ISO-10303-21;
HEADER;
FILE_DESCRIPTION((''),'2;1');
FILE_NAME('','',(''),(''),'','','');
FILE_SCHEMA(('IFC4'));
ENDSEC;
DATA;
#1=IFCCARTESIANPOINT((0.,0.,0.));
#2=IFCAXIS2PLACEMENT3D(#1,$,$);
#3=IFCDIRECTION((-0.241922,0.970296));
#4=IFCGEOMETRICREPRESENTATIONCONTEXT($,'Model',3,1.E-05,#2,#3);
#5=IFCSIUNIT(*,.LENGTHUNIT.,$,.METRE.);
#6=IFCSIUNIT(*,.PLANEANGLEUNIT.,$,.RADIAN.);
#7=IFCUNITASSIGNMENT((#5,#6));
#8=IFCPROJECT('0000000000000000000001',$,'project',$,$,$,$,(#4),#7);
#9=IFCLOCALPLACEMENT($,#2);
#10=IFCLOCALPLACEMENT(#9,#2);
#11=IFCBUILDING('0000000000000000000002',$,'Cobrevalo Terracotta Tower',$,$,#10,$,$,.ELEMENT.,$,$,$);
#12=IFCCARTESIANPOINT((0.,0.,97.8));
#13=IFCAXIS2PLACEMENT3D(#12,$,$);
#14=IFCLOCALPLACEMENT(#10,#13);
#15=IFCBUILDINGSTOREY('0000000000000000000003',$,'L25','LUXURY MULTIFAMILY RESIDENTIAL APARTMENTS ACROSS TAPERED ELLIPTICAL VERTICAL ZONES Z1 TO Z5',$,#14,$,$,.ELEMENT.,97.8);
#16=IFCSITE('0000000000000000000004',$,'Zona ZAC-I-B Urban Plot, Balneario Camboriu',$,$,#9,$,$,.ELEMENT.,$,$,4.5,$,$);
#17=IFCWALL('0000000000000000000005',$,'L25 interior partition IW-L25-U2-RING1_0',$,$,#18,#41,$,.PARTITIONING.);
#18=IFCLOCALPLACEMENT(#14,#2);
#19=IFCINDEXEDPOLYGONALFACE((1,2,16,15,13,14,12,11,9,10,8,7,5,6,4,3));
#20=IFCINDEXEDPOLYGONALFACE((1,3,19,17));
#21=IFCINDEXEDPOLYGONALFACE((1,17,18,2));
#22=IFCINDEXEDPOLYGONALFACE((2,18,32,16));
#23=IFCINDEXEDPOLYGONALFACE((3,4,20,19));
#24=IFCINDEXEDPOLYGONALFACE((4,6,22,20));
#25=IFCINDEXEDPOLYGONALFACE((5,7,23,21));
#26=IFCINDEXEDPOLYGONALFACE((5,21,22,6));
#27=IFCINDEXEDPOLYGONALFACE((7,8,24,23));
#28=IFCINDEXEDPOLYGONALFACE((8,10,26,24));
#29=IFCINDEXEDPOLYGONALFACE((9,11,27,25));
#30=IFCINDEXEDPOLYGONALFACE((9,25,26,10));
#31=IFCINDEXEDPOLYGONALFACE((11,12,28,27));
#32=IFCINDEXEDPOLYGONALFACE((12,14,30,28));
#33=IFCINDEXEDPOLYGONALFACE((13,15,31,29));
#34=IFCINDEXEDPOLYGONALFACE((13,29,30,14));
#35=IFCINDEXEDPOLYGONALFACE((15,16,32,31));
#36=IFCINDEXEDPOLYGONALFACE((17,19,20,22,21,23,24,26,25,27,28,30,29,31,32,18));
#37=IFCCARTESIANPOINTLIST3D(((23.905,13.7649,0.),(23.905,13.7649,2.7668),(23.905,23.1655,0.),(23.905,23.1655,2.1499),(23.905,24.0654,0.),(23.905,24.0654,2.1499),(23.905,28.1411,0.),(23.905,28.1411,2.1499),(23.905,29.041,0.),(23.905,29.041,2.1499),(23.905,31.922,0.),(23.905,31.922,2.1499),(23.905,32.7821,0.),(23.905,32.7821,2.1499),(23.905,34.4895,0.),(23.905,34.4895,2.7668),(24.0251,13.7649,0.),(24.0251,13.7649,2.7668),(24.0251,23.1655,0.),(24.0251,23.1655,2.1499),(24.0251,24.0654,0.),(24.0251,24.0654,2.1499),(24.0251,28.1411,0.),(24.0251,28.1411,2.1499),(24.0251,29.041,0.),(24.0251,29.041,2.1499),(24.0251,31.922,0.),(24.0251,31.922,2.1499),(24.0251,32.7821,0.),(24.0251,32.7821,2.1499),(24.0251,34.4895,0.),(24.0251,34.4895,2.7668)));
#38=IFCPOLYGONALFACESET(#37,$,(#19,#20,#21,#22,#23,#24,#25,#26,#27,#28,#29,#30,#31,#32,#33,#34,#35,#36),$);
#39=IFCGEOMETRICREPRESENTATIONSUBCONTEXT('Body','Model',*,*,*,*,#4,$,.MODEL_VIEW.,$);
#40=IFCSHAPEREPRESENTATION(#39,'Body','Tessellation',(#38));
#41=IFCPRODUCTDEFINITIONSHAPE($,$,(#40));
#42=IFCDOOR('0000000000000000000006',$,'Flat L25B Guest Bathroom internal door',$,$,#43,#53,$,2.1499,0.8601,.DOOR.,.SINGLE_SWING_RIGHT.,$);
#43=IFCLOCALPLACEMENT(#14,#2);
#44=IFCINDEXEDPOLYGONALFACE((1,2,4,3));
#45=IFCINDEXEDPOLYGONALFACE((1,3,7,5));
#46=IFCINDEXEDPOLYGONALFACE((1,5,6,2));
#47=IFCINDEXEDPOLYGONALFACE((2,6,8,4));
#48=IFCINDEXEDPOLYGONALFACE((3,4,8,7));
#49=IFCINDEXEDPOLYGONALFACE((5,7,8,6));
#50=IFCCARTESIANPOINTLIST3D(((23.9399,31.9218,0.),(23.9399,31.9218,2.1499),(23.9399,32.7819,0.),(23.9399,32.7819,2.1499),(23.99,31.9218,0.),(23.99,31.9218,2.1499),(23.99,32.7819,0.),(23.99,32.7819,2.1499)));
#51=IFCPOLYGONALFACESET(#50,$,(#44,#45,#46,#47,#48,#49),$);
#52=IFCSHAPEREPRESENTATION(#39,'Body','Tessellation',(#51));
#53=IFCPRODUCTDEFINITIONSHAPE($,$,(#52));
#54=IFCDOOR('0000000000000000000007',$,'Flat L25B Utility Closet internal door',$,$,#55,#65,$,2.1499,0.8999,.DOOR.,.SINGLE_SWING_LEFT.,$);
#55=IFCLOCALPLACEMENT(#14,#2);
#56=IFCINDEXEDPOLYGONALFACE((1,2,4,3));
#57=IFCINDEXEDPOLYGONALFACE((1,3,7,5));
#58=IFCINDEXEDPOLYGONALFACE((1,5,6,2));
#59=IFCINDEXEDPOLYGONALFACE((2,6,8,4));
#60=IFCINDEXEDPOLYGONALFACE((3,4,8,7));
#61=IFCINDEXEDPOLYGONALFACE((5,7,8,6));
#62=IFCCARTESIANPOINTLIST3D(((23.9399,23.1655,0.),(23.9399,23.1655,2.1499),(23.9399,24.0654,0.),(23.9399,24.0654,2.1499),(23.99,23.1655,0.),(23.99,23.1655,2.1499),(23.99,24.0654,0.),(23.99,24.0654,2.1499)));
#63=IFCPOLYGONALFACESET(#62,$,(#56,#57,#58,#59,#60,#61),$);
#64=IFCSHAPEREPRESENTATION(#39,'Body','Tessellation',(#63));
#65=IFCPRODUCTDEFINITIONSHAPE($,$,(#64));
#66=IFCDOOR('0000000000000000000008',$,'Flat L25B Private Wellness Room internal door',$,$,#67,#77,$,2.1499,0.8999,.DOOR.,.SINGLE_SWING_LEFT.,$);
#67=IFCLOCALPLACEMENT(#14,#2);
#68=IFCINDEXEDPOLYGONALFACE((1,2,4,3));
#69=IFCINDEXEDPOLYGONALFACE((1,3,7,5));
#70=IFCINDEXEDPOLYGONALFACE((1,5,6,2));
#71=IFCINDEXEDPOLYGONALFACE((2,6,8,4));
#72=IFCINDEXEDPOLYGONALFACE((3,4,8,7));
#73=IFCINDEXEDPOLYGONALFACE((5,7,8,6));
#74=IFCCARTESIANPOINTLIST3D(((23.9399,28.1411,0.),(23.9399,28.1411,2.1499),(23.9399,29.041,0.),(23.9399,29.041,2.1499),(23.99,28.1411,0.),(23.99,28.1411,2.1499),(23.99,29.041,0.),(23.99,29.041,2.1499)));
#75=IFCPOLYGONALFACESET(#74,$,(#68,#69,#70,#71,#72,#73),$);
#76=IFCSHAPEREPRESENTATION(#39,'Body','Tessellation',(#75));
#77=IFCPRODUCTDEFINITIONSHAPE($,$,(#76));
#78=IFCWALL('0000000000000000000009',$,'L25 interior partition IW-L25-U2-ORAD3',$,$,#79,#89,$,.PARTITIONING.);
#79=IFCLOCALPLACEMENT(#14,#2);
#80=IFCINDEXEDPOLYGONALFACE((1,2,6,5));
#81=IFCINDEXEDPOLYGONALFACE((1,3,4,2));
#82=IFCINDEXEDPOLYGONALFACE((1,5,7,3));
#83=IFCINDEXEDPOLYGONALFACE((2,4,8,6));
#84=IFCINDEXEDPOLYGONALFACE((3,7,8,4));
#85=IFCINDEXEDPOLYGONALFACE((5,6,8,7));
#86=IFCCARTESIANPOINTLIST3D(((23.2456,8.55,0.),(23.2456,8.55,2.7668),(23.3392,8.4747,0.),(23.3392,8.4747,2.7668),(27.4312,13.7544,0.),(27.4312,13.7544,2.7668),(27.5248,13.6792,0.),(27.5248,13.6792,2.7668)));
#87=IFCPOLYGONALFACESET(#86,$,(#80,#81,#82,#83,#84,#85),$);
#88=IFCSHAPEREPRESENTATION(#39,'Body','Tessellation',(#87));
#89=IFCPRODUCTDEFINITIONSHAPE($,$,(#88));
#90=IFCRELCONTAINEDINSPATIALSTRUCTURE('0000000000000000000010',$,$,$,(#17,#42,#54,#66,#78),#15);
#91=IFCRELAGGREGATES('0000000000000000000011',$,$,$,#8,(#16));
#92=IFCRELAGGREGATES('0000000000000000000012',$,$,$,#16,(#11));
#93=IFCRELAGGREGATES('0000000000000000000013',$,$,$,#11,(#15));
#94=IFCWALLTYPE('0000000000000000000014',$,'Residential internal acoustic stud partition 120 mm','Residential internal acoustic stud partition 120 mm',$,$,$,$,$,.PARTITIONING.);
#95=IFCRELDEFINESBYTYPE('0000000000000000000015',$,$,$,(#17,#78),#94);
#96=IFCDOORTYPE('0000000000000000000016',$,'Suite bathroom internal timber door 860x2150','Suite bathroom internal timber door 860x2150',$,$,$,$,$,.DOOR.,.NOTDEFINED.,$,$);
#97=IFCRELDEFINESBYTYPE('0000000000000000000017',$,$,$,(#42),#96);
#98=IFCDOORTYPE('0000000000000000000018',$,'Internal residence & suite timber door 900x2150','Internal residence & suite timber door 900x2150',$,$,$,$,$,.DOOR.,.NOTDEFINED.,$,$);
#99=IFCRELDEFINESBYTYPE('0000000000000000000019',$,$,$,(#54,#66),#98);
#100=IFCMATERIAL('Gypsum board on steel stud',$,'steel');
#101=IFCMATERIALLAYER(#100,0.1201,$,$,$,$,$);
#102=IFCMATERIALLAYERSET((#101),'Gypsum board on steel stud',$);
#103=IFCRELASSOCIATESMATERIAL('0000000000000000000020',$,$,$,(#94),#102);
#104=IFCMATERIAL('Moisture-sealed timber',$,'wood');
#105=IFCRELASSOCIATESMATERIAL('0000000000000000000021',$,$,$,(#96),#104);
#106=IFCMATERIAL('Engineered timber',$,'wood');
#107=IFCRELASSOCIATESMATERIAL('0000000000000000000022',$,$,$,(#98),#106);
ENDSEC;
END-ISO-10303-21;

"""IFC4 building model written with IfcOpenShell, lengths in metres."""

from ifc_helpers import new_model, si_unit, direction, frame, frame_2d, origin, place, context, subcontext, project, spatial, rectangle, extrude, source, transform, mapped, material, layer, layer_set, type_object, element, fill, save


model = new_model("IFC4")

# Units and contexts
model_context = context("Model", 3, precision=1e-05, world=origin(), true_north=direction((-0.241922, 0.970296)))
body_context = subcontext(model_context, "Body", "Model", "MODEL_VIEW")
ifc_project = project(units=[si_unit("LENGTHUNIT", "METRE"), si_unit("PLANEANGLEUNIT", "RADIAN")], contexts=[model_context])

# Site, building, storey
site_placement = place(None, origin())
site = spatial("IfcSite", under=ifc_project, at=site_placement, Name="Zona ZAC-I-B Urban Plot, Balneario Camboriu", CompositionType="ELEMENT", RefElevation=4.5)
building_placement = place(site_placement, origin())
building = spatial("IfcBuilding", under=site, at=building_placement, Name="Cobrevalo Terracotta Tower", CompositionType="ELEMENT")
storey_placement = place(building_placement, frame((0.0, 0.0, 97.8)))
storey = spatial("IfcBuildingStorey", under=building, at=storey_placement, Name="L25", Description="LUXURY MULTIFAMILY RESIDENTIAL APARTMENTS ACROSS TAPERED ELLIPTICAL VERTICAL ZONES Z1 TO Z5", CompositionType="ELEMENT", Elevation=97.8)

# Wall, openings, doors
ifc_material_1 = material(Name="Gypsum board on steel stud", Category="steel")
ifc_layer_1 = layer(ifc_material_1, 0.1201)
ifc_layer_set_1 = layer_set([ifc_layer_1], Name="Gypsum board on steel stud")
wall_type_1 = type_object("IfcWallType", Name="Residential internal acoustic stud partition 120 mm", Description="Residential internal acoustic stud partition 120 mm", PredefinedType="PARTITIONING", material=ifc_layer_set_1)
wall_1_placement = place(storey_placement, frame((23.9651, 13.7649, 0.0), z_axis=(0.0, 0.0, 1.0), x_axis=(0.0, 1.0, 0.0)))
wall_1 = element("IfcWall", 1, at=wall_1_placement, inside=storey, type_object=wall_type_1, Name="L25 interior partition IW-L25-U2-RING1_0", PredefinedType="PARTITIONING", context=body_context, shape_type="SweptSolid", body=[
    extrude(rectangle(XDim=20.7246, YDim=0.1201, at=frame_2d((10.3623, 0.0))), origin(), (0.0, 0.0, 1.0), 2.7668),
])
opening_1_placement = place(wall_1_placement, frame((9.4006, 0.0, 0.0)))
opening_1 = element("IfcOpeningElement", 2, at=opening_1_placement, cuts=wall_1, PredefinedType="OPENING", context=body_context, shape_type="SweptSolid", body=[
    extrude(rectangle(XDim=0.8999, YDim=2.1499, at=frame_2d((0.45, 1.075))), frame((0.0, 0.0701, 0.0), z_axis=(0.0, -1.0, 0.0), x_axis=(1.0, 0.0, 0.0)), (0.0, 0.0, 1.0), 0.1401),
])
opening_2_placement = place(wall_1_placement, frame((18.157, 0.0, 0.0)))
opening_2 = element("IfcOpeningElement", 3, at=opening_2_placement, cuts=wall_1, PredefinedType="OPENING", context=body_context, shape_type="SweptSolid", body=[
    extrude(rectangle(XDim=0.8601, YDim=2.1499, at=frame_2d((0.4302, 1.075))), frame((0.0, 0.0701, 0.0), z_axis=(0.0, -1.0, 0.0), x_axis=(1.0, 0.0, 0.0)), (0.0, 0.0, 1.0), 0.1401),
])
opening_3_placement = place(wall_1_placement, frame((14.3762, 0.0, 0.0)))
opening_3 = element("IfcOpeningElement", 4, at=opening_3_placement, cuts=wall_1, PredefinedType="OPENING", context=body_context, shape_type="SweptSolid", body=[
    extrude(rectangle(XDim=0.8999, YDim=2.1499, at=frame_2d((0.45, 1.075))), frame((0.0, 0.0701, 0.0), z_axis=(0.0, -1.0, 0.0), x_axis=(1.0, 0.0, 0.0)), (0.0, 0.0, 1.0), 0.1401),
])
ifc_material_2 = material(Name="Moisture-sealed timber", Category="wood")
door_type_1 = type_object("IfcDoorType", Name="Suite bathroom internal timber door 860x2150", Description="Suite bathroom internal timber door 860x2150", OperationType="NOTDEFINED", PredefinedType="DOOR", material=ifc_material_2)
shared_shape_1 = source(origin(), body_context, "Body", "SweptSolid", [
    extrude(rectangle(XDim=0.8601, YDim=2.1499, at=frame_2d((0.4302, 1.075))), frame((0.0, 0.0249, 0.0), z_axis=(0.0, -1.0, 0.0), x_axis=(1.0, 0.0, 0.0)), (0.0, 0.0, 1.0), 0.05),
])
door_1_placement = place(opening_2_placement, frame((0.8601, 0.0, 0.0), z_axis=(0.0, 0.0, 1.0), x_axis=(-1.0, 0.0, 0.0)))
door_1 = element("IfcDoor", 5, at=door_1_placement, inside=storey, type_object=door_type_1, Name="Flat L25B Guest Bathroom internal door", OperationType="SINGLE_SWING_RIGHT", OverallHeight=2.1499, OverallWidth=0.8601, PredefinedType="DOOR", context=body_context, shape_type="MappedRepresentation", body=[
    mapped(shared_shape_1, transform((0.0, 0.0, 0.0), scale=1.0)),
])
fill(opening_2, door_1)
ifc_material_3 = material(Name="Engineered timber", Category="wood")
door_type_2 = type_object("IfcDoorType", Name="Internal residence & suite timber door 900x2150", Description="Internal residence & suite timber door 900x2150", OperationType="NOTDEFINED", PredefinedType="DOOR", material=ifc_material_3)
shared_shape_2 = source(origin(), body_context, "Body", "SweptSolid", [
    extrude(rectangle(XDim=0.8999, YDim=2.1499, at=frame_2d((0.45, 1.075))), frame((0.0, 0.0249, 0.0), z_axis=(0.0, -1.0, 0.0), x_axis=(1.0, 0.0, 0.0)), (0.0, 0.0, 1.0), 0.05),
])
door_2_placement = place(opening_1_placement, frame((0.8999, 0.0, 0.0), z_axis=(0.0, 0.0, 1.0), x_axis=(-1.0, 0.0, 0.0)))
door_2 = element("IfcDoor", 6, at=door_2_placement, inside=storey, type_object=door_type_2, Name="Flat L25B Utility Closet internal door", OperationType="SINGLE_SWING_LEFT", OverallHeight=2.1499, OverallWidth=0.8999, PredefinedType="DOOR", context=body_context, shape_type="MappedRepresentation", body=[
    mapped(shared_shape_2, transform((0.0, 0.0, 0.0), scale=1.0)),
])
fill(opening_1, door_2)
door_3_placement = place(opening_3_placement, frame((0.8999, 0.0, 0.0), z_axis=(0.0, 0.0, 1.0), x_axis=(-1.0, 0.0, 0.0)))
door_3 = element("IfcDoor", 7, at=door_3_placement, inside=storey, type_object=door_type_2, Name="Flat L25B Private Wellness Room internal door", OperationType="SINGLE_SWING_LEFT", OverallHeight=2.1499, OverallWidth=0.8999, PredefinedType="DOOR", context=body_context, shape_type="MappedRepresentation", body=[
    mapped(shared_shape_2, transform((0.0, 0.0, 0.0), scale=1.0)),
])
fill(opening_3, door_3)

# Wall
wall_2_placement = place(storey_placement, frame((27.478, 13.7168, 0.0), z_axis=(0.0, 0.0, 1.0), x_axis=(-0.626708, -0.779254, 0.0)))
element("IfcWall", 8, at=wall_2_placement, inside=storey, type_object=wall_type_1, Name="L25 interior partition IW-L25-U2-ORAD3", PredefinedType="PARTITIONING", context=body_context, shape_type="SweptSolid", body=[
    extrude(rectangle(XDim=6.6787, YDim=0.1201, at=frame_2d((3.3394, 0.0))), origin(), (0.0, 0.0, 1.0), 2.7668),
])

save(model, "model.ifc")
